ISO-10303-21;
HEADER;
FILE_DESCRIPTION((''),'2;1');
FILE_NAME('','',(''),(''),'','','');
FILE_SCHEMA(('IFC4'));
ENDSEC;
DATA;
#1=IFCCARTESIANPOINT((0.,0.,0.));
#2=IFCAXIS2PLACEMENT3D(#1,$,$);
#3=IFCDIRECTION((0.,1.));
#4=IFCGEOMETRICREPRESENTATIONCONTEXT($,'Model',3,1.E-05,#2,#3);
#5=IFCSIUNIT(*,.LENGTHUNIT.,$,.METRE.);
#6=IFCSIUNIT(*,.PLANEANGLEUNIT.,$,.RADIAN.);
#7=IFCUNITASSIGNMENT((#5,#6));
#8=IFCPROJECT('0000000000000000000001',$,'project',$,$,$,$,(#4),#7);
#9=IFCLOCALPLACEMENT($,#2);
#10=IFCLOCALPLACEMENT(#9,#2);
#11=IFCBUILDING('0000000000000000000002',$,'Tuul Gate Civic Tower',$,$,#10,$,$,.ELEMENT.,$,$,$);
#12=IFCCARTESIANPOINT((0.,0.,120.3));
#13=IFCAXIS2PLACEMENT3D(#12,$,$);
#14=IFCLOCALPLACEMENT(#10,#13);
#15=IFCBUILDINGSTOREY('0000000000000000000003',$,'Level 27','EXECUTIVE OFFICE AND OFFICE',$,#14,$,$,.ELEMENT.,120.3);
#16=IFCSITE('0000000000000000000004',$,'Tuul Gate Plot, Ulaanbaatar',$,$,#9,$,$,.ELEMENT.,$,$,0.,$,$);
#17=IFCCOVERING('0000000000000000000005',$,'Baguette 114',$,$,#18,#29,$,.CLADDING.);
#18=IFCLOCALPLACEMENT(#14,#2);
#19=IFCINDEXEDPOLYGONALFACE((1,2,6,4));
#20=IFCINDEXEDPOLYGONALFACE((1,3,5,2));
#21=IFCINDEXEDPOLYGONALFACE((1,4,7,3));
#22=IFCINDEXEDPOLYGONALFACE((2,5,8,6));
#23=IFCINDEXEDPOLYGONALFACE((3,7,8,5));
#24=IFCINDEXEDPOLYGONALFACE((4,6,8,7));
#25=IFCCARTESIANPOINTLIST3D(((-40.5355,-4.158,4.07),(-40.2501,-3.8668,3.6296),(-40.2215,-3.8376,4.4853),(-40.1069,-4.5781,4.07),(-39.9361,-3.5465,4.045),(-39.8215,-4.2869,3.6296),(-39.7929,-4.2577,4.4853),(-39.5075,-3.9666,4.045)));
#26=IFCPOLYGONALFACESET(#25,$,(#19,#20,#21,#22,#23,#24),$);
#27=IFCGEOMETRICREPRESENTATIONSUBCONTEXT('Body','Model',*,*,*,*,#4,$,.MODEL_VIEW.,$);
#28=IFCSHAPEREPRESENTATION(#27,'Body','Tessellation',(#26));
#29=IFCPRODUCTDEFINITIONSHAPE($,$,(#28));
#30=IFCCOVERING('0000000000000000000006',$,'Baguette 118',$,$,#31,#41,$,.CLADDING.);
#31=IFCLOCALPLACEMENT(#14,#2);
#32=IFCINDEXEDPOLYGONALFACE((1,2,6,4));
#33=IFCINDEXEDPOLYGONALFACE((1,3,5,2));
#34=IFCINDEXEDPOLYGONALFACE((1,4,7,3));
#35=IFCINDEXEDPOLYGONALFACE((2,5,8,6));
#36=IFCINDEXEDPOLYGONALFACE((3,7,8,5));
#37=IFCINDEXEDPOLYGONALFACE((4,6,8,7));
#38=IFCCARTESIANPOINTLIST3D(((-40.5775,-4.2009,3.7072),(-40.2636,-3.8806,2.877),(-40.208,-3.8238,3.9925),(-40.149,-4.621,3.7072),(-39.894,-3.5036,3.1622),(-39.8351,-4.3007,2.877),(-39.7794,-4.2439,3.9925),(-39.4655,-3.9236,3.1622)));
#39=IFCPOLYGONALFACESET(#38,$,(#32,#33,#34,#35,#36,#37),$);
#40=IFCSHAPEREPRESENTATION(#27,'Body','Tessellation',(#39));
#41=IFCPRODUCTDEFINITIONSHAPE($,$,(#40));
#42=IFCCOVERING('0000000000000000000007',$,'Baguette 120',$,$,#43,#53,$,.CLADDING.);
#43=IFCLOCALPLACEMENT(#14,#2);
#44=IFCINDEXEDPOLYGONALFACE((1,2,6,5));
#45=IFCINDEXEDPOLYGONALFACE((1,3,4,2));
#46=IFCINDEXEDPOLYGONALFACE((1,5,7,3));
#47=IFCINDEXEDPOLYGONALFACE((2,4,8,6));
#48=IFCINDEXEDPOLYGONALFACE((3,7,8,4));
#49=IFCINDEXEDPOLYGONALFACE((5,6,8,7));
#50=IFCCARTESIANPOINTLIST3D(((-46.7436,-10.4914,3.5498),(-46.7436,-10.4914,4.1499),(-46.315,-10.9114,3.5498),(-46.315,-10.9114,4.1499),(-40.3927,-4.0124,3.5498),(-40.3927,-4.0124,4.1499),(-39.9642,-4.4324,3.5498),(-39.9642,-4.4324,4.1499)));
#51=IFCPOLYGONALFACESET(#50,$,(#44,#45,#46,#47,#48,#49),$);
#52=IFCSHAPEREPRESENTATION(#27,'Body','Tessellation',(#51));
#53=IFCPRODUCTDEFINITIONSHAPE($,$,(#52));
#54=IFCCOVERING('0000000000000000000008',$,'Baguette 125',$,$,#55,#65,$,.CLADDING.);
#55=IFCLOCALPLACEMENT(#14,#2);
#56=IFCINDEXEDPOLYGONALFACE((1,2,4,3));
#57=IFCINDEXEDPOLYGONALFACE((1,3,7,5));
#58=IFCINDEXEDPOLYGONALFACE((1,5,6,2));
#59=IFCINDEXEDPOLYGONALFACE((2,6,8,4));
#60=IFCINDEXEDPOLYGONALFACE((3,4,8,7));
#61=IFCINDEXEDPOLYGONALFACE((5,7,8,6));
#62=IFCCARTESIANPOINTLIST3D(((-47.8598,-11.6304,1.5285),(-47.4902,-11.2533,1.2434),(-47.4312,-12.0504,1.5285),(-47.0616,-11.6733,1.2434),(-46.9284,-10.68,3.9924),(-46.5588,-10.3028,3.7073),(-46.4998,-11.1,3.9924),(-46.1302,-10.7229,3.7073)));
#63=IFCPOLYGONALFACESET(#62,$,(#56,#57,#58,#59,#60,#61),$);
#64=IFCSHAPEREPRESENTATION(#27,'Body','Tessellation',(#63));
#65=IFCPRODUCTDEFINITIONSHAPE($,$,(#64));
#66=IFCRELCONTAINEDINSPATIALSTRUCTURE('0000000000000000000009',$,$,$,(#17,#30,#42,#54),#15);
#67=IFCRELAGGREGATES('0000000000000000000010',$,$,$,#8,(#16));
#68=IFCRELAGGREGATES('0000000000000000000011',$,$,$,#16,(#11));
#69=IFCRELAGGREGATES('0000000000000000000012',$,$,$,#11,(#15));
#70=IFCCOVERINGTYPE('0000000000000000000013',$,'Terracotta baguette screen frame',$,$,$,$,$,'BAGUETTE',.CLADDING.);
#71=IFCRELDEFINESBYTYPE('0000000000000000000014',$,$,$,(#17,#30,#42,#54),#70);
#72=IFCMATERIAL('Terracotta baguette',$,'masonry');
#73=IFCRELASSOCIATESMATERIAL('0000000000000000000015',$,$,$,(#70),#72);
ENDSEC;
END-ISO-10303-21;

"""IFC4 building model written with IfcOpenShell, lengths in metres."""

from ifc_helpers import new_model, si_unit, direction, frame, origin, origin_2d, place, context, subcontext, project, spatial, rectangle, extrude, material, material_profile, profile_set, type_object, element, save


model = new_model("IFC4")

# Units and contexts
model_context = context("Model", 3, precision=1e-05, world=origin(), true_north=direction((0.0, 1.0)))
body_context = subcontext(model_context, "Body", "Model", "MODEL_VIEW")
ifc_project = project(units=[si_unit("LENGTHUNIT", "METRE"), si_unit("PLANEANGLEUNIT", "RADIAN")], contexts=[model_context])

# Site, building, storey
site_placement = place(None, origin())
site = spatial("IfcSite", under=ifc_project, at=site_placement, Name="Tuul Gate Plot, Ulaanbaatar", CompositionType="ELEMENT", RefElevation=0.0)
building_placement = place(site_placement, origin())
building = spatial("IfcBuilding", under=site, at=building_placement, Name="Tuul Gate Civic Tower", CompositionType="ELEMENT")
storey_placement = place(building_placement, frame((0.0, 0.0, 120.3)))
storey = spatial("IfcBuildingStorey", under=building, at=storey_placement, Name="Level 27", Description="EXECUTIVE OFFICE AND OFFICE", CompositionType="ELEMENT", Elevation=120.3)

# Coverings
ifc_material_1 = material(Name="Terracotta baguette", Category="masonry")
ifc_material_profile_1 = material_profile(ifc_material_1, rectangle(XDim=0.6001, YDim=0.6001, at=origin_2d()), Name="Terracotta baguette screen frame")
ifc_profile_set_1 = profile_set([ifc_material_profile_1], Name="Terracotta baguette")
covering_type = type_object("IfcCoveringType", Name="Terracotta baguette screen frame", ElementType="BAGUETTE", PredefinedType="CLADDING", material=ifc_profile_set_1)
covering_1_placement = place(storey_placement, frame((-39.8645, -3.9021, 4.2651), z_axis=(-0.513639, -0.524023, -0.679393), x_axis=(0.714148, -0.699995, 0.0)))
element("IfcCovering", 1, at=covering_1_placement, inside=storey, type_object=covering_type, Name="Baguette 114", PredefinedType="CLADDING", context=body_context, shape_type="SweptSolid", body=[
    extrude(rectangle(XDim=0.6001, YDim=0.6001, at=origin_2d()), origin(), (0.0, 0.0, 1.0), 0.6113),
])
covering_2_placement = place(storey_placement, frame((-40.1785, -4.2224, 3.8499), z_axis=(0.332688, 0.339414, -0.879839), x_axis=(-0.714148, 0.699995, 0.0)))
element("IfcCovering", 2, at=covering_2_placement, inside=storey, type_object=covering_type, Name="Baguette 118", PredefinedType="CLADDING", context=body_context, shape_type="SweptSolid", body=[
    extrude(rectangle(XDim=0.6001, YDim=0.6001, at=origin_2d()), origin(), (0.0, 0.0, 1.0), 0.9436),
])
covering_3_placement = place(storey_placement, frame((-40.1785, -4.2224, 3.8499), z_axis=(-0.700008, -0.714135, 0.0), x_axis=(0.714135, -0.700008, 0.0)))
element("IfcCovering", 3, at=covering_3_placement, inside=storey, type_object=covering_type, Name="Baguette 120", PredefinedType="CLADDING", context=body_context, shape_type="SweptSolid", body=[
    extrude(rectangle(XDim=0.6001, YDim=0.6001, at=origin_2d()), origin(), (0.0, 0.0, 1.0), 9.0725),
])
covering_4_placement = place(storey_placement, frame((-46.5293, -10.7014, 3.8499), z_axis=(-0.33261, -0.339411, -0.87987), x_axis=(0.714226, -0.699915, 0.0)))
element("IfcCovering", 4, at=covering_4_placement, inside=storey, type_object=covering_type, Name="Baguette 125", PredefinedType="CLADDING", context=body_context, shape_type="SweptSolid", body=[
    extrude(rectangle(XDim=0.6001, YDim=0.6001, at=origin_2d()), origin(), (0.0, 0.0, 1.0), 2.8003),
])

save(model, "model.ifc")
